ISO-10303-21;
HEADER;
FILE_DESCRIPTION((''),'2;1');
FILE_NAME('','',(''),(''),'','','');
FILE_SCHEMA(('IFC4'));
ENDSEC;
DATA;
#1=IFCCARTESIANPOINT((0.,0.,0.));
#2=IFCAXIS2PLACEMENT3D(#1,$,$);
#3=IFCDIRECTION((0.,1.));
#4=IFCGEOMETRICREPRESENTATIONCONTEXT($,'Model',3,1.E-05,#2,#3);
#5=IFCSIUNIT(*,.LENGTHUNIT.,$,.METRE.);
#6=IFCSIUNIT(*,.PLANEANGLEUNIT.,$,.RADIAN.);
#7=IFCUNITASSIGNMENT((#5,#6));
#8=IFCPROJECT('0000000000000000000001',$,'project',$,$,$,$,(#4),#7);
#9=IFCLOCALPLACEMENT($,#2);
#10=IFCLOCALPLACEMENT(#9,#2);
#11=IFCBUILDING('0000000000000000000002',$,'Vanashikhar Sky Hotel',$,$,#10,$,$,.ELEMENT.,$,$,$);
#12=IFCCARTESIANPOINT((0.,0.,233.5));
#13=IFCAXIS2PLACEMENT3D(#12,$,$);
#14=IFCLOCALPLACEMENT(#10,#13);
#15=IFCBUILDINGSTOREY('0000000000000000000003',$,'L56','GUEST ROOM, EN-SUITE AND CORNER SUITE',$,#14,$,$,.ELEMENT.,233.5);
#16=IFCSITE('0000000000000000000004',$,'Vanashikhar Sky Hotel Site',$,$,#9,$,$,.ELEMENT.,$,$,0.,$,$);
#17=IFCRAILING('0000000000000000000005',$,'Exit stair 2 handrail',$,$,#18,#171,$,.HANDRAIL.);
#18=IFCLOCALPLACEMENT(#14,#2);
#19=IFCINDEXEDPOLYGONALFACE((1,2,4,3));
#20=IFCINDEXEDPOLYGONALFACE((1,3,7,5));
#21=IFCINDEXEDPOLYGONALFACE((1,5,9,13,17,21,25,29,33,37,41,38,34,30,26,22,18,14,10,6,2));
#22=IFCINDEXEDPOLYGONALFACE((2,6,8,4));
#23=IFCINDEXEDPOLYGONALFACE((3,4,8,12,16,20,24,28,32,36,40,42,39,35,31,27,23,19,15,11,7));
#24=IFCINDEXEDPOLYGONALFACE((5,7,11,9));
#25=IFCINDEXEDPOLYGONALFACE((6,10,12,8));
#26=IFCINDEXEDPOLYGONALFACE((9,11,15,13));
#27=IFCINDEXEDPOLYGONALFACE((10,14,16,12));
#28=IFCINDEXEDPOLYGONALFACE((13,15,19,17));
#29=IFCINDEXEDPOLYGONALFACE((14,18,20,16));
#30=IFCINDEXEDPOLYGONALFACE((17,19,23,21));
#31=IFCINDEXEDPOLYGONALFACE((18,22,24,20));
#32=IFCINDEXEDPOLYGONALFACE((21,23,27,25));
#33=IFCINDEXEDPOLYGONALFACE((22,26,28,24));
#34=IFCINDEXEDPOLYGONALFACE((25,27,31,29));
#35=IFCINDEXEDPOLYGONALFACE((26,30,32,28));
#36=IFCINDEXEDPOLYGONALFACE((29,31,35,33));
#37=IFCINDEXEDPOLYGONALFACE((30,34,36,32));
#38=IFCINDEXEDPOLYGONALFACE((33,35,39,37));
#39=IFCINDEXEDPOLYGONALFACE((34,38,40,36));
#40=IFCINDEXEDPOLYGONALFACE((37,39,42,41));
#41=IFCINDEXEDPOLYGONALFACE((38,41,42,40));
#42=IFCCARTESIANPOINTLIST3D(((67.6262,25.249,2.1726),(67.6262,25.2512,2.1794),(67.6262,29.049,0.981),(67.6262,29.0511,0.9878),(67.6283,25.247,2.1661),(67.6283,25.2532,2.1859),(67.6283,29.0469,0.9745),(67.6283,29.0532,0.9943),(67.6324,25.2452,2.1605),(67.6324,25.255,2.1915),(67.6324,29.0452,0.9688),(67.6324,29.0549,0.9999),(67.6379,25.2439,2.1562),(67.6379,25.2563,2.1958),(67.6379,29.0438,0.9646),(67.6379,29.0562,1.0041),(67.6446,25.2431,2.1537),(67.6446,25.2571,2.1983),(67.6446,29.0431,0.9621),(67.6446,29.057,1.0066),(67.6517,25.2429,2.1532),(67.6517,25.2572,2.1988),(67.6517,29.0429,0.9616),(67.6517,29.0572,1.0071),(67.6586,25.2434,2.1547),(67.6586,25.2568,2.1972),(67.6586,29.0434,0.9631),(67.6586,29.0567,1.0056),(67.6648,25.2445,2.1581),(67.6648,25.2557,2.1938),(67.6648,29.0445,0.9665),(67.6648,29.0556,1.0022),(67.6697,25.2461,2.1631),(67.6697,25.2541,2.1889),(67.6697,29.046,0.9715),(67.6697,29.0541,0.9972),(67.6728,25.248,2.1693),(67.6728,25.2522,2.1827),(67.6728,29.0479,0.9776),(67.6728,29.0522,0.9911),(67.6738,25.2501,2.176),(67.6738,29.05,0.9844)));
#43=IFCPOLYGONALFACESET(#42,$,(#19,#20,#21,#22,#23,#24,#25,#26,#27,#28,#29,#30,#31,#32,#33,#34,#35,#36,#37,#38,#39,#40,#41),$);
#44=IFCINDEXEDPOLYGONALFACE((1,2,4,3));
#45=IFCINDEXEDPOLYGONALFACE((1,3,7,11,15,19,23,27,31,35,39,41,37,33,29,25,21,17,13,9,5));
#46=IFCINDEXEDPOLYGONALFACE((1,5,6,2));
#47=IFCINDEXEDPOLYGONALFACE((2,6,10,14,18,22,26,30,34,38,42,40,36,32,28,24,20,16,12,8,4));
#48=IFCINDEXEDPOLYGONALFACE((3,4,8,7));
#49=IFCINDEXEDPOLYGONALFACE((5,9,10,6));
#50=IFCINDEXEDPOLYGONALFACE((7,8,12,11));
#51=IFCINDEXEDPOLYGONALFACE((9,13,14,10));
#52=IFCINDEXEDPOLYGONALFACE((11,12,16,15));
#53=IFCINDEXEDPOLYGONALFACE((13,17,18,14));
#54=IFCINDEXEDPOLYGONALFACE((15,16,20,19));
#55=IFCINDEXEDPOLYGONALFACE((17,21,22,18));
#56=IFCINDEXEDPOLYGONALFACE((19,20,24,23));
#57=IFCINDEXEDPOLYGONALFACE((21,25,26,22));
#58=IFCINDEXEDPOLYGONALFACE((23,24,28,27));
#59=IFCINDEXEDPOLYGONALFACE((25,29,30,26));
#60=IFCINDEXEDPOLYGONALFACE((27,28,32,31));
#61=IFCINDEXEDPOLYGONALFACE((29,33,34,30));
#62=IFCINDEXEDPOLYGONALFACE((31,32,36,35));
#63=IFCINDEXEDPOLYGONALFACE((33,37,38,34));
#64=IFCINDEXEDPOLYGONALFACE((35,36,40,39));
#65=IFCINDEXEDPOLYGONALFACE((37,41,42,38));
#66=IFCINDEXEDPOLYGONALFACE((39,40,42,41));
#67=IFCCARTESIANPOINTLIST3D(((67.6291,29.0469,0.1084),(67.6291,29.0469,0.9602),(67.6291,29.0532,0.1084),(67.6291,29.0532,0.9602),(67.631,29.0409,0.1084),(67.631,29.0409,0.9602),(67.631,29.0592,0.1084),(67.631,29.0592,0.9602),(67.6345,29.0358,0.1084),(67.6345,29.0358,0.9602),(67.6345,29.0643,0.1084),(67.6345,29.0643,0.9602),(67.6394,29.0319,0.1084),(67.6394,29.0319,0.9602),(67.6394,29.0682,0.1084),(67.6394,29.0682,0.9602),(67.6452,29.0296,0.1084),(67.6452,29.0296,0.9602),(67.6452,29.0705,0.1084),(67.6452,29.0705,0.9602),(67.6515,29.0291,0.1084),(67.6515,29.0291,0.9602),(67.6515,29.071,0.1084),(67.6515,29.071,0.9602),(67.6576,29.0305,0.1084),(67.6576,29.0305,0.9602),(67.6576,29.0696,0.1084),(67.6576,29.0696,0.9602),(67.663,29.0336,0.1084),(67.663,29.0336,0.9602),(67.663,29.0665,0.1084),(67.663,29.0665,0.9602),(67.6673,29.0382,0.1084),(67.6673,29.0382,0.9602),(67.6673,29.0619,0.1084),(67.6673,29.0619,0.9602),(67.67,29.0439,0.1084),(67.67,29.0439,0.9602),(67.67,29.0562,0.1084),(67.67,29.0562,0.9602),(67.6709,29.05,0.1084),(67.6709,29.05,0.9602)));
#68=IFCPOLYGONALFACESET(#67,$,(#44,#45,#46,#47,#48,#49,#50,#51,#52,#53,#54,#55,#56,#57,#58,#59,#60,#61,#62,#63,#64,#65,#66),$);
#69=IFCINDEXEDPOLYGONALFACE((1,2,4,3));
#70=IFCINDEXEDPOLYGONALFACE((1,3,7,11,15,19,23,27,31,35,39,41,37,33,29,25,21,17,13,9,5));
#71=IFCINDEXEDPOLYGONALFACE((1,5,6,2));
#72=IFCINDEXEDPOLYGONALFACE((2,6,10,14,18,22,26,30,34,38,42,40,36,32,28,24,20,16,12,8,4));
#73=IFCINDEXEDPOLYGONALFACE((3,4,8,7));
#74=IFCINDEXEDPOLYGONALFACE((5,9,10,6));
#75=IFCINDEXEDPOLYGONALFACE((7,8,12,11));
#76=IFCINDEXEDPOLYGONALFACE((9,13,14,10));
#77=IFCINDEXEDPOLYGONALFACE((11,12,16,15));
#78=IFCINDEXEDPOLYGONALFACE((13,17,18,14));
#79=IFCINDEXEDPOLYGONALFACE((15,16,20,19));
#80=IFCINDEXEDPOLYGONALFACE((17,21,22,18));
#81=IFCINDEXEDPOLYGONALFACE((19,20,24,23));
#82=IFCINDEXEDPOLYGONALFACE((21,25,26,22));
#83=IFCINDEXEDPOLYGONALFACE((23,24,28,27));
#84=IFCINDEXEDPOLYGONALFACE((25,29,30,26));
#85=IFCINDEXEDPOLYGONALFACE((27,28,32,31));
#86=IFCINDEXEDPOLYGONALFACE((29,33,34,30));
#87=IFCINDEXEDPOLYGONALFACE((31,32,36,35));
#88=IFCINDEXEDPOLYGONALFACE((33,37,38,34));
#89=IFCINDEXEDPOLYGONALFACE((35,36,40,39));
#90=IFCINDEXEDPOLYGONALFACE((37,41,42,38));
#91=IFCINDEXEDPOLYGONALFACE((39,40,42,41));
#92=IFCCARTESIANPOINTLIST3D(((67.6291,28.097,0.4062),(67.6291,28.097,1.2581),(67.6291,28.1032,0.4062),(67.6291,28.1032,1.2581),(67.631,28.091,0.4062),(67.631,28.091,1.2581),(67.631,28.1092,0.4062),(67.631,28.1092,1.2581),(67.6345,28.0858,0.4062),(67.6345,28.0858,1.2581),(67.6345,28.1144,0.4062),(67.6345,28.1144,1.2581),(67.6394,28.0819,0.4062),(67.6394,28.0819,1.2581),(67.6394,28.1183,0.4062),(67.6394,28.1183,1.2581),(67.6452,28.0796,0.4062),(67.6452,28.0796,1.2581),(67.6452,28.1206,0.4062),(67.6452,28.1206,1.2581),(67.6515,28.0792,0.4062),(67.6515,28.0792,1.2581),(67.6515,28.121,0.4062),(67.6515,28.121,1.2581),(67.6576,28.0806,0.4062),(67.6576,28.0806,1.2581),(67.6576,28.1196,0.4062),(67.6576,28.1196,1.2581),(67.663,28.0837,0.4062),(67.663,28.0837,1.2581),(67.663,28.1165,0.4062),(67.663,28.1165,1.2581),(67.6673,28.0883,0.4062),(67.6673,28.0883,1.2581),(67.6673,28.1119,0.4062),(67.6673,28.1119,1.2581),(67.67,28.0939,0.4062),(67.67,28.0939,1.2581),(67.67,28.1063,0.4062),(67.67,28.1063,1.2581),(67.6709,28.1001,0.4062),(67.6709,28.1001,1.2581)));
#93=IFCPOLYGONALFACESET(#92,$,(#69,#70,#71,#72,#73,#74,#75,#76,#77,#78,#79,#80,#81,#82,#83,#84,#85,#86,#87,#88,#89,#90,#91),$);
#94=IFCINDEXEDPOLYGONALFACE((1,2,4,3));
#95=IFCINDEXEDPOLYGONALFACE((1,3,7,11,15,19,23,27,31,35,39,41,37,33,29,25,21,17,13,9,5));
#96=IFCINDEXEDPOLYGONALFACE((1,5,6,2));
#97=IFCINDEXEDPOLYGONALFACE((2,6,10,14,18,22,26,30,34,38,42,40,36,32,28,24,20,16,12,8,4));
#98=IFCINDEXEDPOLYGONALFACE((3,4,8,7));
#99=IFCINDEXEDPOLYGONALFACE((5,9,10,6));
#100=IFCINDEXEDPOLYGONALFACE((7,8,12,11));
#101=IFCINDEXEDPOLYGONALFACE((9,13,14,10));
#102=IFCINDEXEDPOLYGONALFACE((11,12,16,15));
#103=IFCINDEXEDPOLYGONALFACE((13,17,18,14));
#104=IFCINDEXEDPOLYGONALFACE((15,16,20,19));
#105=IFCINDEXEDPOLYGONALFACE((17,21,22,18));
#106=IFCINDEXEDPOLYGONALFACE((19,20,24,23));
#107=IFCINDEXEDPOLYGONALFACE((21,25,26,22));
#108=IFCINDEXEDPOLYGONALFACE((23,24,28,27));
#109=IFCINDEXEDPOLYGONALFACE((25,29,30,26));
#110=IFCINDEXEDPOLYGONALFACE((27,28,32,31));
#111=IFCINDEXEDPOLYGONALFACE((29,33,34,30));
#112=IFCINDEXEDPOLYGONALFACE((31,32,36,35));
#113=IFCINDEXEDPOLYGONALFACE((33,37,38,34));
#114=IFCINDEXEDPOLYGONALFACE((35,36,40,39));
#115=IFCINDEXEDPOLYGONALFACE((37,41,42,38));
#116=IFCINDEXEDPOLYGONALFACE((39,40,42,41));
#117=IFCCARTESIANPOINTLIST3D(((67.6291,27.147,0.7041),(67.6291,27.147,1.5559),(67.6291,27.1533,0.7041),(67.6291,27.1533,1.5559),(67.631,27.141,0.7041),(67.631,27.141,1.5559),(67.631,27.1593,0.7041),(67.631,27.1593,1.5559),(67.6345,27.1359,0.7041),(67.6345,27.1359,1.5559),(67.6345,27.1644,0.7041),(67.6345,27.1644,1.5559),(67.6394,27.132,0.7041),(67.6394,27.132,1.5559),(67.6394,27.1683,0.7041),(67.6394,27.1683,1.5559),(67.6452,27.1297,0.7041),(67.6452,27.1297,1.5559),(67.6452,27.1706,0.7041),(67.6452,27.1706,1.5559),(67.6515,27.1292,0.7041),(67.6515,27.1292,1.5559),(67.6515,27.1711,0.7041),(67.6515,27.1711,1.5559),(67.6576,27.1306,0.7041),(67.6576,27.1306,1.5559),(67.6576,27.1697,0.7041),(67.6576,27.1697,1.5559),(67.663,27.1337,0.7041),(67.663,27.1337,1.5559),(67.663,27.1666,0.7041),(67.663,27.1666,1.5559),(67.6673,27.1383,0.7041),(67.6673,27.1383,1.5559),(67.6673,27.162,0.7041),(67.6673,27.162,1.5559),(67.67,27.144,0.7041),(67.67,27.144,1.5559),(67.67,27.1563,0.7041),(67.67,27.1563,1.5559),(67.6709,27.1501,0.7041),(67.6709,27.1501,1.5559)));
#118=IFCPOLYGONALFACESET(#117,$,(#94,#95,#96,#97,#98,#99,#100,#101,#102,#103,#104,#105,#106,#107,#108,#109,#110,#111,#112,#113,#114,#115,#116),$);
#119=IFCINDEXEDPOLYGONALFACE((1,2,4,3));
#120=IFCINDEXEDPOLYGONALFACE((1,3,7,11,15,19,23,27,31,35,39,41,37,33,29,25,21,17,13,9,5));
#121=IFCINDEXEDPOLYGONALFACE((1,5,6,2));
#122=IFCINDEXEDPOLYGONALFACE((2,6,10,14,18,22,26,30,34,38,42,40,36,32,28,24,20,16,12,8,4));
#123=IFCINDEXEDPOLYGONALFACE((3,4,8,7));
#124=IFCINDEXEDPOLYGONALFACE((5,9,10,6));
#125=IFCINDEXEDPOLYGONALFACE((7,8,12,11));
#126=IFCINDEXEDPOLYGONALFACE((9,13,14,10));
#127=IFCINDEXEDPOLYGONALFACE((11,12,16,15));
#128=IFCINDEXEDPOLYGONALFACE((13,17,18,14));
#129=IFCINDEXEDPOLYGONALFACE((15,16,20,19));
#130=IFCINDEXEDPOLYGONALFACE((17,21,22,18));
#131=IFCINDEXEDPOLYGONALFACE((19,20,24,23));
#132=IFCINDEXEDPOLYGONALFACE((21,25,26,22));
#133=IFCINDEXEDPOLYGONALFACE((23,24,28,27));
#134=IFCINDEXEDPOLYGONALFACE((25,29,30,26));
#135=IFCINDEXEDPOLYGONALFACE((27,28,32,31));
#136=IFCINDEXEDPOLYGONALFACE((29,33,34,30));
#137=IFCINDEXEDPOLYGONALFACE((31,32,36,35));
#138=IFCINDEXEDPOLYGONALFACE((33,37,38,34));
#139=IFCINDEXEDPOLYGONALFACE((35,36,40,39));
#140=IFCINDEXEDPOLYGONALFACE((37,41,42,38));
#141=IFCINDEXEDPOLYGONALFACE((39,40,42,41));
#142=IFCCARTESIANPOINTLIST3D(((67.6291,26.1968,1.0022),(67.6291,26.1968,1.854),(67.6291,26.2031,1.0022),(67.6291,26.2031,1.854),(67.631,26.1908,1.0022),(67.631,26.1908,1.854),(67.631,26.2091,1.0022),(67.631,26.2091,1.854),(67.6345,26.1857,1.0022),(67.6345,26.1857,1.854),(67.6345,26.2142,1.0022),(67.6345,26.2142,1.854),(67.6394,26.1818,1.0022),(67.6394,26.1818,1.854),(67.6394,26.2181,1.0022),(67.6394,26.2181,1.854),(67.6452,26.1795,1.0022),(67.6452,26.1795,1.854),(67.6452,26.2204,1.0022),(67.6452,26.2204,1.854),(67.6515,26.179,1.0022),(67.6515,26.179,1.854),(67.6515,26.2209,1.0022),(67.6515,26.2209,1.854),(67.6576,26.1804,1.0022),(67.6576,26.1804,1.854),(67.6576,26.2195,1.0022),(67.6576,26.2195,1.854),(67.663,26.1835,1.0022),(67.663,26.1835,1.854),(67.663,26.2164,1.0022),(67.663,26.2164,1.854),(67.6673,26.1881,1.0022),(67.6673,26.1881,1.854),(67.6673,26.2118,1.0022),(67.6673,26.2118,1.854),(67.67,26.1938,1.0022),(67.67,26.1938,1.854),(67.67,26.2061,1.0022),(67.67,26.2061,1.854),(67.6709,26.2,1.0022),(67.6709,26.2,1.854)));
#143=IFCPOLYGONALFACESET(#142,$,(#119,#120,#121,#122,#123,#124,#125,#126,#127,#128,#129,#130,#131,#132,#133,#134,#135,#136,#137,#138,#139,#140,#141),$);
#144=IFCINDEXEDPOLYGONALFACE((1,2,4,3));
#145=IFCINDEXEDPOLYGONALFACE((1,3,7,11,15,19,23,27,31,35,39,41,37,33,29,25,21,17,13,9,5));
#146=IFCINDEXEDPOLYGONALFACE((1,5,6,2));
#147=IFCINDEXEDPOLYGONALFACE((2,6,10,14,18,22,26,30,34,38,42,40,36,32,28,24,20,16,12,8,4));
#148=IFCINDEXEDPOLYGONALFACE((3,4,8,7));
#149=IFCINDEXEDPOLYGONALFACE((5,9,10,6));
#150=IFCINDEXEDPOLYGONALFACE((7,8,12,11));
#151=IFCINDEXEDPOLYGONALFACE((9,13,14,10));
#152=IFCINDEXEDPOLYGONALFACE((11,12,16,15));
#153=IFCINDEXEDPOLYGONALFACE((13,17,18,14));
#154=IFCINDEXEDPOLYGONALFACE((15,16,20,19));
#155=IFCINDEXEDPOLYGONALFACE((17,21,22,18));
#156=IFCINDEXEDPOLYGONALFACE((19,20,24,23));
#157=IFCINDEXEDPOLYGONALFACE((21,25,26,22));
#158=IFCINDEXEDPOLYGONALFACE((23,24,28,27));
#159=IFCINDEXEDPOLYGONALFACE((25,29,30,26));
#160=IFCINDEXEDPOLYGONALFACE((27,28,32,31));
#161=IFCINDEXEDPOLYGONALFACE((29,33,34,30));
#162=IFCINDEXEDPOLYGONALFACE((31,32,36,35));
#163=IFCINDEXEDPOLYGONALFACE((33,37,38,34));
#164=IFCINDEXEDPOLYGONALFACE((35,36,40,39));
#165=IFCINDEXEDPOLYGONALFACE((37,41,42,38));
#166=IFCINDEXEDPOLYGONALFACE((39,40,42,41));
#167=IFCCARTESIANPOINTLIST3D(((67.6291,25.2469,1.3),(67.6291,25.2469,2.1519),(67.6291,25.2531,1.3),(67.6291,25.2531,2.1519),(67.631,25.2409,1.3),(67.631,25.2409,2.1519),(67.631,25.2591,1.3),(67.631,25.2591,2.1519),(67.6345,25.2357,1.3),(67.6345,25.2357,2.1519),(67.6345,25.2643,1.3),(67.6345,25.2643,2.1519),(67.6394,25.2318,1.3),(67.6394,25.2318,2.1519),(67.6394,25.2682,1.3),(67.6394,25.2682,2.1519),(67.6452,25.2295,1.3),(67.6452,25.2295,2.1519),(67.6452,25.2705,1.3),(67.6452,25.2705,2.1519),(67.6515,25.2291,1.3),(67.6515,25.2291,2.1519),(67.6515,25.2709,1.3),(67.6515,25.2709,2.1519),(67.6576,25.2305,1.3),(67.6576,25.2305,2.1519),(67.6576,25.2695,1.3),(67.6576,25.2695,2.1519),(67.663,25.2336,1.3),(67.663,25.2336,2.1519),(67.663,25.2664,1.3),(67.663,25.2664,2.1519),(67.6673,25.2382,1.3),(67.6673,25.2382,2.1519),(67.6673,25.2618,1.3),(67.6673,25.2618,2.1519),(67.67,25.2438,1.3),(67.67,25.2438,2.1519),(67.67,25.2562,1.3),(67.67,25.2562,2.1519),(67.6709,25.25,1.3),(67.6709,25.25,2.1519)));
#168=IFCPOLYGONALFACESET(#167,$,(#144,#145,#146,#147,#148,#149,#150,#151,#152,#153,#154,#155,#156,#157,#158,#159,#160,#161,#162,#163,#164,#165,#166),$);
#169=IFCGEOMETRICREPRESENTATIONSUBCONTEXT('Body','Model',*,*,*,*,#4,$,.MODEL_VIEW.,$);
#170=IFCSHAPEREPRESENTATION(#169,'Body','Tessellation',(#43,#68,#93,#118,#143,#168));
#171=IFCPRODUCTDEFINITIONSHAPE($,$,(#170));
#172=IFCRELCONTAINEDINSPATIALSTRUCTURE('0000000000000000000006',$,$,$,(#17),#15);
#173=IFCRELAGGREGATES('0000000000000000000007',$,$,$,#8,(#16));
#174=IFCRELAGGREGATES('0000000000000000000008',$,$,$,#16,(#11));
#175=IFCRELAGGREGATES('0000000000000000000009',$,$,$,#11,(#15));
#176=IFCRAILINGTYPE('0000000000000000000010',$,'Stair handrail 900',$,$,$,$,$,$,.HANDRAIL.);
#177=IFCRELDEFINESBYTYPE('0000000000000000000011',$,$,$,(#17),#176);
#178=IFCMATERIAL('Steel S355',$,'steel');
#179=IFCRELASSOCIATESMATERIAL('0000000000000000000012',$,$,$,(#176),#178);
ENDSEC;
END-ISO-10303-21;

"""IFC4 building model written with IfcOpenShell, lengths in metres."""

from ifc_helpers import new_model, si_unit, direction, frame, origin, origin_2d, place, context, subcontext, project, spatial, circle, extrude, source, transform, mapped, material, type_object, element, save


model = new_model("IFC4")

# Units and contexts
model_context = context("Model", 3, precision=1e-05, world=origin(), true_north=direction((0.0, 1.0)))
body_context = subcontext(model_context, "Body", "Model", "MODEL_VIEW")
ifc_project = project(units=[si_unit("LENGTHUNIT", "METRE"), si_unit("PLANEANGLEUNIT", "RADIAN")], contexts=[model_context])

# Site, building, storey
site_placement = place(None, origin())
site = spatial("IfcSite", under=ifc_project, at=site_placement, Name="Vanashikhar Sky Hotel Site", CompositionType="ELEMENT", RefElevation=0.0)
building_placement = place(site_placement, origin())
building = spatial("IfcBuilding", under=site, at=building_placement, Name="Vanashikhar Sky Hotel", CompositionType="ELEMENT")
storey_placement = place(building_placement, frame((0.0, 0.0, 233.5)))
storey = spatial("IfcBuildingStorey", under=building, at=storey_placement, Name="L56", Description="GUEST ROOM, EN-SUITE AND CORNER SUITE", CompositionType="ELEMENT", Elevation=233.5)

# Railing
ifc_material_1 = material(Name="Steel S355", Category="steel")
railing_type_1 = type_object("IfcRailingType", Name="Stair handrail 900", PredefinedType="HANDRAIL", material=ifc_material_1)
shared_shape_1 = source(origin(), body_context, "Body", "SweptSolid", [
    extrude(circle(Radius=0.0239, at=origin_2d()), frame((0.0, 0.0, 0.876), z_axis=(0.0, -0.954184, 0.299221), x_axis=(1.0, 0.0, 0.0)), (0.0, 0.0, 1.0), 3.9824),
    extrude(circle(Radius=0.021, at=origin_2d()), origin(), (0.0, 0.0, 1.0), 0.8518),
    extrude(circle(Radius=0.021, at=origin_2d()), frame((0.0, -0.95, 0.2979)), (0.0, 0.0, 1.0), 0.8518),
    extrude(circle(Radius=0.021, at=origin_2d()), frame((0.0, -1.8999, 0.5957)), (0.0, 0.0, 1.0), 0.8518),
    extrude(circle(Radius=0.021, at=origin_2d()), frame((0.0, -2.8501, 0.8938)), (0.0, 0.0, 1.0), 0.8518),
    extrude(circle(Radius=0.021, at=origin_2d()), frame((0.0, -3.8, 1.1917)), (0.0, 0.0, 1.0), 0.8518),
])
for number, where, name in (
    (1, (67.6499, 29.05, 0.1084), "Exit stair 2 handrail"),
):
    element("IfcRailing", number, at=place(storey_placement, frame(where)), inside=storey, type_object=railing_type_1, Name=name, PredefinedType="HANDRAIL", context=body_context, shape_type="MappedRepresentation", body=[
        mapped(shared_shape_1, transform((0.0, 0.0, 0.0), scale=1.0)),
    ])

save(model, "model.ifc")
